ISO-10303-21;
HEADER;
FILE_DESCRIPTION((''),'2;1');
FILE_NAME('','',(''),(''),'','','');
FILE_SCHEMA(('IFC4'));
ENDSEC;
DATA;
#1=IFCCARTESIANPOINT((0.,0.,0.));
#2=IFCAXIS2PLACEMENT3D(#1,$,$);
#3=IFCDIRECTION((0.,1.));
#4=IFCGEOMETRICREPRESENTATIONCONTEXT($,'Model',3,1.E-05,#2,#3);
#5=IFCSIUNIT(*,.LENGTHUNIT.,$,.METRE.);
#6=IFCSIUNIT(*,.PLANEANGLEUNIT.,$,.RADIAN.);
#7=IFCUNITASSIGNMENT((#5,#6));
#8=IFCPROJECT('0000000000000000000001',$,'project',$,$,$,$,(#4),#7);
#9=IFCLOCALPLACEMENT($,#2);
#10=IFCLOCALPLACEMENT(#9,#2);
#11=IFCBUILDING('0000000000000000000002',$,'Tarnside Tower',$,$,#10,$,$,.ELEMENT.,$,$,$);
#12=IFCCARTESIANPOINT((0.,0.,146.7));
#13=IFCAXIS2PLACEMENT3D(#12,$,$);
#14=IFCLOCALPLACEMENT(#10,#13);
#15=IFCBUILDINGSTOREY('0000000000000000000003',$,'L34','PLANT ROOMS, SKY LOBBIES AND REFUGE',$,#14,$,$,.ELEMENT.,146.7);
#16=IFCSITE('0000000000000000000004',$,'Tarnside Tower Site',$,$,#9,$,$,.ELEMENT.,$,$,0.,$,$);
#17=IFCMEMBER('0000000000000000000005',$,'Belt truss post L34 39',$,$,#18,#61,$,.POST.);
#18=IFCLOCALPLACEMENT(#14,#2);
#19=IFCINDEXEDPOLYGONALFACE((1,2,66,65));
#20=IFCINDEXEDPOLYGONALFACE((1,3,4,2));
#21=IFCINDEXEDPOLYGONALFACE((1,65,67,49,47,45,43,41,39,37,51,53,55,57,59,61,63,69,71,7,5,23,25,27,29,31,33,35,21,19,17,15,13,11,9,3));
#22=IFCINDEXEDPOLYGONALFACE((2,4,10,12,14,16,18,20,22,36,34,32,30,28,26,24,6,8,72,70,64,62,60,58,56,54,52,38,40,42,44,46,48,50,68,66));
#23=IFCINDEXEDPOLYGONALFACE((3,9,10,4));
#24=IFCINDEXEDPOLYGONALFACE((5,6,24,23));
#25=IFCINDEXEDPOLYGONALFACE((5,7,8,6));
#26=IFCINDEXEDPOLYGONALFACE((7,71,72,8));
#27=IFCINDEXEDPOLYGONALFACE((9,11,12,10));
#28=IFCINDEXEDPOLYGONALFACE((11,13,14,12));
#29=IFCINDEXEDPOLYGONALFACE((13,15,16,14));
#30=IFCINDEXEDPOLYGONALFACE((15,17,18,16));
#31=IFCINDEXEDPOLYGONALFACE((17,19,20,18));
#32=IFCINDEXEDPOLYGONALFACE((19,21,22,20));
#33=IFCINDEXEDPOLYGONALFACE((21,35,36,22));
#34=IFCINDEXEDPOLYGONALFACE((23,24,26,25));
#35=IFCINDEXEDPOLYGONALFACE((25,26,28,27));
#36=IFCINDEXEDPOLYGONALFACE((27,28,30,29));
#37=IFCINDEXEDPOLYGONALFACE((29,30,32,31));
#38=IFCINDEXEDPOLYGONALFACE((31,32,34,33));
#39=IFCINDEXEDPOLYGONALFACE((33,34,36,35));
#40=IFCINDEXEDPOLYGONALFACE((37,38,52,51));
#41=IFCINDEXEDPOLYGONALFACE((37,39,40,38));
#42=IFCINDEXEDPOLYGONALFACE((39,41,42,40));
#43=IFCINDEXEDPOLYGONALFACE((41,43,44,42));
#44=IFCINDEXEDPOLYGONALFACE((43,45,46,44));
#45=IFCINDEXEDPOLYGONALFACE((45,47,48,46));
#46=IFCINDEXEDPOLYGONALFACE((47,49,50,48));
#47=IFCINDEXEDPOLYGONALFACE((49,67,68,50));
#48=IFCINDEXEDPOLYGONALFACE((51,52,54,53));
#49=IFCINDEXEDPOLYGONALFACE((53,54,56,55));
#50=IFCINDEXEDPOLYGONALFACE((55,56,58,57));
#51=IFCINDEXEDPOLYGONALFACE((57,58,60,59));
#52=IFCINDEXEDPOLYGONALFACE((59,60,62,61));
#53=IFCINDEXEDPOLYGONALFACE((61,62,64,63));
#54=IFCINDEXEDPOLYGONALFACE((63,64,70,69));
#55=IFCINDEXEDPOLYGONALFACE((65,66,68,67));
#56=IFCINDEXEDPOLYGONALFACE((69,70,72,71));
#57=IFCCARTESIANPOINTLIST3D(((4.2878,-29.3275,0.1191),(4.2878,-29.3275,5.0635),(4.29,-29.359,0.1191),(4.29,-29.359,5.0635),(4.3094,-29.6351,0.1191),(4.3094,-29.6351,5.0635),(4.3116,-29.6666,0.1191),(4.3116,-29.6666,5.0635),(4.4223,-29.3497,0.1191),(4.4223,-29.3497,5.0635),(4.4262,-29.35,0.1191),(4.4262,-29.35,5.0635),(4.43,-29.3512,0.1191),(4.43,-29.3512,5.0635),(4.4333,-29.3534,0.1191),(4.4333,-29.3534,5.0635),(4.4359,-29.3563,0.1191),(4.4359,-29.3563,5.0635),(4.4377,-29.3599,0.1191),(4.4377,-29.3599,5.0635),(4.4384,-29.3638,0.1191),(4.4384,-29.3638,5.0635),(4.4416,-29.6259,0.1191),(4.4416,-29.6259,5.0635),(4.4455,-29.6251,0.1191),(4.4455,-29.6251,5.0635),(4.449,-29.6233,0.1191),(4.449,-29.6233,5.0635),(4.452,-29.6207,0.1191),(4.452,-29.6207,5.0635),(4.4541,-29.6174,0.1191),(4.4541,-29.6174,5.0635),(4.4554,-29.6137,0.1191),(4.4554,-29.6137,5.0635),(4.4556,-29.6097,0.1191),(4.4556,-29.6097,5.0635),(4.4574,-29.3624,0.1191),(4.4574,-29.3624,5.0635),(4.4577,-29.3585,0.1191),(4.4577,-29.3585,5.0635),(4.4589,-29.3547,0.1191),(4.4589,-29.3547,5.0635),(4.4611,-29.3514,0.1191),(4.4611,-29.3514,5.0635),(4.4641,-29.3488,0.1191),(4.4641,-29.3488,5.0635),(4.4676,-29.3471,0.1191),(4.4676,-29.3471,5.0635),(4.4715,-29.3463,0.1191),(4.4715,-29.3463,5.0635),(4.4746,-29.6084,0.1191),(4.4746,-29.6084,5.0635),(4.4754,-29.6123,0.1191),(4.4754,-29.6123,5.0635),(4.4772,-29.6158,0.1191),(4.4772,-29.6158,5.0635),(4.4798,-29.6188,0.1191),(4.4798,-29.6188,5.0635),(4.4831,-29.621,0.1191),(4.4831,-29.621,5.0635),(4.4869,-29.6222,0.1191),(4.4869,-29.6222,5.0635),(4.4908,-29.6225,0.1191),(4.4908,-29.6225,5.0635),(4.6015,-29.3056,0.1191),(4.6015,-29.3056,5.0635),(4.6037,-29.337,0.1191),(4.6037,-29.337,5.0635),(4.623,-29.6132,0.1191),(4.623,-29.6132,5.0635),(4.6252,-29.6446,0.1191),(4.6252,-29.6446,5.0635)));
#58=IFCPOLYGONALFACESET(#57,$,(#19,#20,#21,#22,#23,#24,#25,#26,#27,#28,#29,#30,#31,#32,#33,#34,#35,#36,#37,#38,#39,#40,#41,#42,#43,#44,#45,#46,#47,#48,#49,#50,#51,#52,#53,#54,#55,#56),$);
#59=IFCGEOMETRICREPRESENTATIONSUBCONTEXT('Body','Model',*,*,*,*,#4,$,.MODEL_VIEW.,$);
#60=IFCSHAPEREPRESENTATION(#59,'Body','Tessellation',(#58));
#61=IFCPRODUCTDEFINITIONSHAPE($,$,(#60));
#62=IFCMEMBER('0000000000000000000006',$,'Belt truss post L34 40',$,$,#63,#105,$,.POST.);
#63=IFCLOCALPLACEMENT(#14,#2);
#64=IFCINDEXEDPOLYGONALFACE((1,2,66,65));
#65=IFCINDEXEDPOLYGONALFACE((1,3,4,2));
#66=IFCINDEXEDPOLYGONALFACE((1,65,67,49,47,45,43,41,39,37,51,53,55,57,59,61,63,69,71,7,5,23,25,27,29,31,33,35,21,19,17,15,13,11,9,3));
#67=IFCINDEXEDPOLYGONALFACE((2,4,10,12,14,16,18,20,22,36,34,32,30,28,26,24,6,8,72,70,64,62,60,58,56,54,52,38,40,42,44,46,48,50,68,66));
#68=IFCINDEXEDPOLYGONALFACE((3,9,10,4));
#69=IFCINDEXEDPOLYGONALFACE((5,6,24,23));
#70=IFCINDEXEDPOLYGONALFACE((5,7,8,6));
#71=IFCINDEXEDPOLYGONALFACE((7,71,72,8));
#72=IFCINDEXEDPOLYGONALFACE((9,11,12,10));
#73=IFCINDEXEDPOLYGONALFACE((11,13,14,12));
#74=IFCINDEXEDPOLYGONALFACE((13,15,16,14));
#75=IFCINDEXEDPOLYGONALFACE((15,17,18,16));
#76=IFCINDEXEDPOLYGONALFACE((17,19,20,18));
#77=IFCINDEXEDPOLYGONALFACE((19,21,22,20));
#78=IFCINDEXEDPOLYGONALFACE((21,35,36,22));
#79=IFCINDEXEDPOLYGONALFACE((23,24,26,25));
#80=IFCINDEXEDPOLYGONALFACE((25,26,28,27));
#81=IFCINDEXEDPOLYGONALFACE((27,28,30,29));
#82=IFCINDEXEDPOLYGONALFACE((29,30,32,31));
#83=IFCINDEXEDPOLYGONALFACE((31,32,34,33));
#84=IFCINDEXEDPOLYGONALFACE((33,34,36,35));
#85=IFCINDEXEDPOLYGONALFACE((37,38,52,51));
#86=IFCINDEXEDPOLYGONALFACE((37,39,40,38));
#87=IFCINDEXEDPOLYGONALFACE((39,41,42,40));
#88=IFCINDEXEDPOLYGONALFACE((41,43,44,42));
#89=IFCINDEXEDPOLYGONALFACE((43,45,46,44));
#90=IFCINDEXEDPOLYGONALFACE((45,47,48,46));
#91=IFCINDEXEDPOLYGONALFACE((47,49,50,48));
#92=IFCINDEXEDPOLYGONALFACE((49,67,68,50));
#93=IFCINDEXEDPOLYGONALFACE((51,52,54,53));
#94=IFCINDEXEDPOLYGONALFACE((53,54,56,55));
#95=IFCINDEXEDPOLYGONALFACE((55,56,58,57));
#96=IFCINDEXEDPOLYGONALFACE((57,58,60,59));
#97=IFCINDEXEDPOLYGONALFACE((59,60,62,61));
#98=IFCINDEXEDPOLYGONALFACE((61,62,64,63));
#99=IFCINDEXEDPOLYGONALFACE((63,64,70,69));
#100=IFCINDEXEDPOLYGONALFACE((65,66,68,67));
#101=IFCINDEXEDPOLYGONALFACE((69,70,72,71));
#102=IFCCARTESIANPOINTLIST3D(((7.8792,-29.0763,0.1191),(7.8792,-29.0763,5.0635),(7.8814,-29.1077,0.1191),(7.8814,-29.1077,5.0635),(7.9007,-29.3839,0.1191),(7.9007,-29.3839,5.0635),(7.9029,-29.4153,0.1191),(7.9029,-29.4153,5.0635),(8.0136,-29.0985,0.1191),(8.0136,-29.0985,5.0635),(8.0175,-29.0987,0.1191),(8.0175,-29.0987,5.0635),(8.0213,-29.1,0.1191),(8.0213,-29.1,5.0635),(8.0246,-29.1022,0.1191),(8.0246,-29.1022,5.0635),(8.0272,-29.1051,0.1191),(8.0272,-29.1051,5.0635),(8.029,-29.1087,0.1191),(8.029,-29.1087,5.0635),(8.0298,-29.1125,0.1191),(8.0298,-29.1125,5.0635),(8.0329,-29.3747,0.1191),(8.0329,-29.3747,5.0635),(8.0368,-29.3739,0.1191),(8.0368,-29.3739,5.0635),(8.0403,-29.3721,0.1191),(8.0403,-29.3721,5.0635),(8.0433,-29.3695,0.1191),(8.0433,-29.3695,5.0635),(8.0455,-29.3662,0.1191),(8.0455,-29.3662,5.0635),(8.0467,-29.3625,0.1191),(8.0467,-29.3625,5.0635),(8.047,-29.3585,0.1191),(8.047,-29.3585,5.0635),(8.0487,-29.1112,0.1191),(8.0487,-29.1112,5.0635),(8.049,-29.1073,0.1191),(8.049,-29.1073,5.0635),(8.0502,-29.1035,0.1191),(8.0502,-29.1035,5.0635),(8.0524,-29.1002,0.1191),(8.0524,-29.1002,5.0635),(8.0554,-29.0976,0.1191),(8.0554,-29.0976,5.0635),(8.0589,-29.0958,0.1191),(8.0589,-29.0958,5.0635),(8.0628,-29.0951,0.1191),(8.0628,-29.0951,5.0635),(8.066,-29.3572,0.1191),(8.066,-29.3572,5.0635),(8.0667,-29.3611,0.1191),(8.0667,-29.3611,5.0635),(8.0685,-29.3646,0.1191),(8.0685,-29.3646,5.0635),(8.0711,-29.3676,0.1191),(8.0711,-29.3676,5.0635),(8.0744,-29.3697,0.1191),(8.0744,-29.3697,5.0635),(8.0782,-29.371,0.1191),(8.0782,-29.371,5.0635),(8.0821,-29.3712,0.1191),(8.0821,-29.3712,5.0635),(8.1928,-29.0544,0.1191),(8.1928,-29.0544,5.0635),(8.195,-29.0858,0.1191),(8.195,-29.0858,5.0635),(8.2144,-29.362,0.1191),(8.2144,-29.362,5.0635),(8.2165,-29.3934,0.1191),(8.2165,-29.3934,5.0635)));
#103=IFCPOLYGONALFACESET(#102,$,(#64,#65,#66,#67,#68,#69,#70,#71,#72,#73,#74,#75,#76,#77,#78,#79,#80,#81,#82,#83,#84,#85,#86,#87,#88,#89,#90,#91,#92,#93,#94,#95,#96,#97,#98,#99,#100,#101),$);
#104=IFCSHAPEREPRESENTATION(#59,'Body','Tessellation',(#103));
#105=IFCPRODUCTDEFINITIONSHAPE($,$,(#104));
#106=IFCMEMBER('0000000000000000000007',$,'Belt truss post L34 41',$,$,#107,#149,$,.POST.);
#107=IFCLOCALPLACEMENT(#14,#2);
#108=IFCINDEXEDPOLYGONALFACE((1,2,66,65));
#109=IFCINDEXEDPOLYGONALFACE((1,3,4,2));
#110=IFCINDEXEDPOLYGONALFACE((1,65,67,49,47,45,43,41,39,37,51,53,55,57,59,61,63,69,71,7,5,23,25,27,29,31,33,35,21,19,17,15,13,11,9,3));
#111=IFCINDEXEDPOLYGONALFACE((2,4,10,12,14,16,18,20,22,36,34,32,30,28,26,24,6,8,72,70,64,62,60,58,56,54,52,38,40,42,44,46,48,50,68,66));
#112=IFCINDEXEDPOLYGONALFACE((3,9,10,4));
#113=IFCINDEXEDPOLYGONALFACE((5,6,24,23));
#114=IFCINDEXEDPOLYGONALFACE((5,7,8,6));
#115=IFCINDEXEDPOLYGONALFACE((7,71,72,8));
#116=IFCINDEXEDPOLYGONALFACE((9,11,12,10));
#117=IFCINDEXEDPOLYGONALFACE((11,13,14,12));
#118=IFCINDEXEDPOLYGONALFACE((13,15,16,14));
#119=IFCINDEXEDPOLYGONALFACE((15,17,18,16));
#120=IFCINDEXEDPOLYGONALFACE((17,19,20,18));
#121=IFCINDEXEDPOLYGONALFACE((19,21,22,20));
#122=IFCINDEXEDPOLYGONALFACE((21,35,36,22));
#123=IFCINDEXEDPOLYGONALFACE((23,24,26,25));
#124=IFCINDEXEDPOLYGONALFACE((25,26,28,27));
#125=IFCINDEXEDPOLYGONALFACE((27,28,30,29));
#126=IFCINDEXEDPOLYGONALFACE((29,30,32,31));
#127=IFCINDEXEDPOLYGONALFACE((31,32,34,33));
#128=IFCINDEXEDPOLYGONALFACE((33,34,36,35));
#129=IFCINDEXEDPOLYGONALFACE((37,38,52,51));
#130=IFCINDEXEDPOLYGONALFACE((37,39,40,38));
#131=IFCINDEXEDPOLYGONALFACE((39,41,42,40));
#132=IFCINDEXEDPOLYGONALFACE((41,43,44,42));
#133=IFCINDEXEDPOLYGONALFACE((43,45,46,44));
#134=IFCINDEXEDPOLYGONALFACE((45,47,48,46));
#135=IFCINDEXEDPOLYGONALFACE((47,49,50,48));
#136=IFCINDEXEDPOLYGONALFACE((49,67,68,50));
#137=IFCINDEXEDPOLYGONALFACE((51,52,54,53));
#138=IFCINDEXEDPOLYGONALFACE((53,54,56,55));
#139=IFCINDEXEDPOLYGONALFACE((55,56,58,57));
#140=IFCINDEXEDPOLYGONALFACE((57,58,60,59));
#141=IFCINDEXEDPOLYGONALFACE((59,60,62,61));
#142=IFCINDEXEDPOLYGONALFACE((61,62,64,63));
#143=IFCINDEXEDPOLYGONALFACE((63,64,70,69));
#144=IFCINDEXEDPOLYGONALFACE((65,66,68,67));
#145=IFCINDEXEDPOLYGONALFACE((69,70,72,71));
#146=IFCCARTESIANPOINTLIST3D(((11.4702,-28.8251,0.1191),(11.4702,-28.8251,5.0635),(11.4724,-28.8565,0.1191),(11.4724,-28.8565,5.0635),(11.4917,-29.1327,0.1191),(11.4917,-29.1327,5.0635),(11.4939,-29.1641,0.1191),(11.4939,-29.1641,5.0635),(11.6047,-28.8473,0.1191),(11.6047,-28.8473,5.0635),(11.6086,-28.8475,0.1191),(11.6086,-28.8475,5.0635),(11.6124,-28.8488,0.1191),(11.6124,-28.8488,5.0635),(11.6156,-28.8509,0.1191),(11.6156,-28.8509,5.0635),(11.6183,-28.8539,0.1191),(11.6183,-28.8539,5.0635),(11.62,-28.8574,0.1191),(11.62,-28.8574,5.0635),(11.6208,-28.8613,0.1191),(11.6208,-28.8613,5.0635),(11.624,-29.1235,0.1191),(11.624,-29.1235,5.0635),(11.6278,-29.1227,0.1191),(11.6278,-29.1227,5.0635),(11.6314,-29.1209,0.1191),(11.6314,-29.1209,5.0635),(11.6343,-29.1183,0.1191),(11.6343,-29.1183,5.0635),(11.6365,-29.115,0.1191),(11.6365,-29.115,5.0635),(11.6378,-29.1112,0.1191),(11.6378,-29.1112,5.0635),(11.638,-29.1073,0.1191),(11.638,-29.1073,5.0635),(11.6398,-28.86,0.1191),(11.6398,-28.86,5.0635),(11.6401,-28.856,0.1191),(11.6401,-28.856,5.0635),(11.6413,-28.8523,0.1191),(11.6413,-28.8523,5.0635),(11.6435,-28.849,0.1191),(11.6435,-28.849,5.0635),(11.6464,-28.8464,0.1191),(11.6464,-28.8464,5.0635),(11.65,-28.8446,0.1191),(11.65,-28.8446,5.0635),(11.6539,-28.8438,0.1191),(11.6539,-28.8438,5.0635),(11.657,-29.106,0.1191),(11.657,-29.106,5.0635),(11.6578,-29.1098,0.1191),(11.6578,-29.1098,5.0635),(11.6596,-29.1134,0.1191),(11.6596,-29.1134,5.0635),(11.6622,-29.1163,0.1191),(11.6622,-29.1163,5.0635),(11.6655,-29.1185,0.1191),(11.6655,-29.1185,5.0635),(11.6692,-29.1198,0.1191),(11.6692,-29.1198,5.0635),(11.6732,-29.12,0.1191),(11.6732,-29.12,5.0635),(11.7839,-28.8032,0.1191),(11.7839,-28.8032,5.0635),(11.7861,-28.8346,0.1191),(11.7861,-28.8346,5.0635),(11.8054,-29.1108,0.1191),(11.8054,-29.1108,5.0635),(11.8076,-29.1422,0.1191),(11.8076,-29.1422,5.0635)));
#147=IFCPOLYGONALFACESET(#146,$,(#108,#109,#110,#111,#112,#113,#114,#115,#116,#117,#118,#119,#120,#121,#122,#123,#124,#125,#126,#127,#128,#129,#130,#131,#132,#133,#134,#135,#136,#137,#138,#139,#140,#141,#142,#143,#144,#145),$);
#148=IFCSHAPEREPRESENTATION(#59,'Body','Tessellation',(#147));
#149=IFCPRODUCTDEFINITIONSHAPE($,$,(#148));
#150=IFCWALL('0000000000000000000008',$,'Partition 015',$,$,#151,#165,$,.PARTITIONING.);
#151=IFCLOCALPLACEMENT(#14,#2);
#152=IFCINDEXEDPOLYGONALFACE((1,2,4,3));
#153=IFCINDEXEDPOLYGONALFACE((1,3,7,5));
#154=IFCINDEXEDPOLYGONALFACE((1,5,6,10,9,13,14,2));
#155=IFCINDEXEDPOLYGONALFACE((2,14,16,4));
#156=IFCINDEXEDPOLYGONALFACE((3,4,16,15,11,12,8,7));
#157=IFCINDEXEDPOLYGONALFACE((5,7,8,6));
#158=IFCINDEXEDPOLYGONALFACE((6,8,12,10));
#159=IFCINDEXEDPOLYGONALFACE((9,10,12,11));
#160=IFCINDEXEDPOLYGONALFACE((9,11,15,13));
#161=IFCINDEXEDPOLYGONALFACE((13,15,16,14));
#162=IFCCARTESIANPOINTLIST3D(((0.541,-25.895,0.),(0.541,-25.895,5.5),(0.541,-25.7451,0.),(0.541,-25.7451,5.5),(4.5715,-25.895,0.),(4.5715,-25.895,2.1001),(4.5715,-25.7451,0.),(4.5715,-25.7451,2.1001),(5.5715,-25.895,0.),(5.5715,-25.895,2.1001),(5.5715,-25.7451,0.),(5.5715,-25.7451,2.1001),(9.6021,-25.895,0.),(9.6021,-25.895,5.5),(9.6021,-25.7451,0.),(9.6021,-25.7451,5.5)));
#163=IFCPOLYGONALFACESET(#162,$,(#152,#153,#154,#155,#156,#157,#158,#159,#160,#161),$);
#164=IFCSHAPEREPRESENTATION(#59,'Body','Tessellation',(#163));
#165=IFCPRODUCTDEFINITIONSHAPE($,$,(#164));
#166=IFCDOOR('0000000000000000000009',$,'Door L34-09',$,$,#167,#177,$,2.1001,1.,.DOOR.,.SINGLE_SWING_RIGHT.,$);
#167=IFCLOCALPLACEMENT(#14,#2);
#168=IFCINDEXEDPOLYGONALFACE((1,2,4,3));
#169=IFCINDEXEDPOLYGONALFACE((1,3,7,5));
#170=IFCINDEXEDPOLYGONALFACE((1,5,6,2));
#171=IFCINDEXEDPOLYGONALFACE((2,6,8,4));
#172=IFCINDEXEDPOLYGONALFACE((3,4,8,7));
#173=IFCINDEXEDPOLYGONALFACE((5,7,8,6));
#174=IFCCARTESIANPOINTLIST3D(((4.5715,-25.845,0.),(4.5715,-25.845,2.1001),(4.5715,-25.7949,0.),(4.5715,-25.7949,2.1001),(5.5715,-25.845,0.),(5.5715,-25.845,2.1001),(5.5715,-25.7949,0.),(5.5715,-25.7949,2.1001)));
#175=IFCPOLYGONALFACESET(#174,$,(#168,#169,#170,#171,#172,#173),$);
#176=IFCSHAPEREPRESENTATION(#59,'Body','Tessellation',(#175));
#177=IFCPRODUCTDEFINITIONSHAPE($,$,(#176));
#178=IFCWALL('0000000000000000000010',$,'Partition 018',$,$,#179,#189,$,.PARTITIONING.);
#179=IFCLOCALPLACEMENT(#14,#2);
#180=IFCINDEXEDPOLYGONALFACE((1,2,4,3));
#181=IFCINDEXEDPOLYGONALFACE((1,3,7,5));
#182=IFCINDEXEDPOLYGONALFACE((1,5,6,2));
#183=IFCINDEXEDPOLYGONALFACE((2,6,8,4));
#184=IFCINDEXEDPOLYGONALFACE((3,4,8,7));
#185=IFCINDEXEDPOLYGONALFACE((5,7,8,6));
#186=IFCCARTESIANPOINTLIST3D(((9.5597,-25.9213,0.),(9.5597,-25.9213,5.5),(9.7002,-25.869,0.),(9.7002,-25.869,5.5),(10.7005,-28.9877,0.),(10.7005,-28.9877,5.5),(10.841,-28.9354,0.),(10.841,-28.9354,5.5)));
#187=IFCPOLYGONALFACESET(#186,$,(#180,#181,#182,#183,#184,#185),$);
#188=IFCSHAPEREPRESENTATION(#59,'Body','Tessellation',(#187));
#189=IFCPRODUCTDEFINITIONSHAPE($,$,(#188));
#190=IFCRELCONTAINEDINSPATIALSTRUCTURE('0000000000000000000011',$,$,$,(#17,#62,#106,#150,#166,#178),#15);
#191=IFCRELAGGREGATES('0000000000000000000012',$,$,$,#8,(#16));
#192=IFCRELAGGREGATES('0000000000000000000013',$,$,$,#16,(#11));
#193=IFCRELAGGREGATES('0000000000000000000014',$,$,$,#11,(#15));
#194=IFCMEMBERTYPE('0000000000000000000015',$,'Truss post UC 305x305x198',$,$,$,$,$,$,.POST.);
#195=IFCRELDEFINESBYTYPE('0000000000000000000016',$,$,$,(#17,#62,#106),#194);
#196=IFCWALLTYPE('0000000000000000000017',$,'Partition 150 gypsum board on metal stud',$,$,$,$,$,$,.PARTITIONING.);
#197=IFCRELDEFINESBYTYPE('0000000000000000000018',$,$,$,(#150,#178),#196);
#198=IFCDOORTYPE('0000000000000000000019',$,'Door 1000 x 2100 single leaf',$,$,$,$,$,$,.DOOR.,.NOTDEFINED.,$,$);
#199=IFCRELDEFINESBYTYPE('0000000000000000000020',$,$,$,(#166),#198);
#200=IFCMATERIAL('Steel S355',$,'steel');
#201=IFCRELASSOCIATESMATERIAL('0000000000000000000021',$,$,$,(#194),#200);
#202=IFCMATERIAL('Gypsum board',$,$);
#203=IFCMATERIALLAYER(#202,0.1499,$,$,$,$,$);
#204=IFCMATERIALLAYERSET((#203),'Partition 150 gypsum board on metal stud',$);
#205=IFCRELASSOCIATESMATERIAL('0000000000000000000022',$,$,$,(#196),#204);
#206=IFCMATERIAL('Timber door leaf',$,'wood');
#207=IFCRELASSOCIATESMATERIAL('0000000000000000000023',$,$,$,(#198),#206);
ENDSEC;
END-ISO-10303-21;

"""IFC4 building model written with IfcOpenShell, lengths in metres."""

from ifc_helpers import new_model, si_unit, direction, frame, frame_2d, origin, origin_2d, place, context, subcontext, project, spatial, rectangle, i_section, extrude, material, layer, layer_set, material_profile, profile_set, type_object, element, fill, save


model = new_model("IFC4")

# Units and contexts
model_context = context("Model", 3, precision=1e-05, world=origin(), true_north=direction((0.0, 1.0)))
body_context = subcontext(model_context, "Body", "Model", "MODEL_VIEW")
ifc_project = project(units=[si_unit("LENGTHUNIT", "METRE"), si_unit("PLANEANGLEUNIT", "RADIAN")], contexts=[model_context])

# Site, building, storey
site_placement = place(None, origin())
site = spatial("IfcSite", under=ifc_project, at=site_placement, Name="Tarnside Tower Site", CompositionType="ELEMENT", RefElevation=0.0)
building_placement = place(site_placement, origin())
building = spatial("IfcBuilding", under=site, at=building_placement, Name="Tarnside Tower", CompositionType="ELEMENT")
storey_placement = place(building_placement, frame((0.0, 0.0, 146.7)))
storey = spatial("IfcBuildingStorey", under=building, at=storey_placement, Name="L34", Description="PLANT ROOMS, SKY LOBBIES AND REFUGE", CompositionType="ELEMENT", Elevation=146.7)

# Shared definitions
ifc_material_1 = material(Name="Steel S355", Category="steel")

# Members
ifc_material_profile_1 = material_profile(ifc_material_1, i_section(OverallWidth=0.3145, OverallDepth=0.3398, WebThickness=0.019, FlangeThickness=0.0315, FilletRadius=0.0151, at=origin_2d()), Name="UC 305x305x198")
ifc_profile_set_1 = profile_set([ifc_material_profile_1], Name="Steel S355")
member_type_1 = type_object("IfcMemberType", Name="Truss post UC 305x305x198", PredefinedType="POST", material=ifc_profile_set_1)
for number, where, z_axis, x_axis, name in (
    (1, (4.4565, -29.4861, 0.1191), (0.0, 0.0, 1.0), (0.997564, 0.069756, 0.0), "Belt truss post L34 39"),
    (2, (8.0479, -29.2349, 0.1191), (0.0, 0.0, 1.0), (0.997564, 0.069756, 0.0), "Belt truss post L34 40"),
    (3, (11.6389, -28.9836, 0.1191), (0.0, 0.0, 1.0), (0.997564, 0.069756, 0.0), "Belt truss post L34 41"),
):
    element("IfcMember", number, at=place(storey_placement, frame(where, z_axis=z_axis, x_axis=x_axis)), inside=storey, type_object=member_type_1, Name=name, PredefinedType="POST", context=body_context, shape_type="SweptSolid", body=[
        extrude(i_section(OverallWidth=0.3145, OverallDepth=0.3398, WebThickness=0.019, FlangeThickness=0.0315, FilletRadius=0.0151, at=origin_2d()), origin(), (0.0, 0.0, 1.0), 4.9443),
    ])

# Wall, opening, door
ifc_material_2 = material(Name="Gypsum board")
ifc_layer_1 = layer(ifc_material_2, 0.1499)
ifc_layer_set_1 = layer_set([ifc_layer_1], Name="Partition 150 gypsum board on metal stud")
wall_type = type_object("IfcWallType", Name="Partition 150 gypsum board on metal stud", PredefinedType="PARTITIONING", material=ifc_layer_set_1)
wall_1_placement = place(storey_placement, frame((9.6021, -25.8201, 0.0), z_axis=(0.0, 0.0, 1.0), x_axis=(-1.0, 0.0, 0.0)))
wall_1 = element("IfcWall", 4, at=wall_1_placement, inside=storey, type_object=wall_type, Name="Partition 015", PredefinedType="PARTITIONING", context=body_context, shape_type="SweptSolid", body=[
    extrude(rectangle(XDim=9.061, YDim=0.1499, at=frame_2d((4.5305, 0.0))), origin(), (0.0, 0.0, 1.0), 5.5),
])
opening_placement = place(wall_1_placement, frame((4.0305, 0.0, 0.0)))
opening = element("IfcOpeningElement", 5, at=opening_placement, cuts=wall_1, PredefinedType="OPENING", context=body_context, shape_type="SweptSolid", body=[
    extrude(rectangle(XDim=1.0, YDim=2.1001, at=frame_2d((0.5, 1.05))), frame((0.0, 0.085, 0.0), z_axis=(0.0, -1.0, 0.0), x_axis=(1.0, 0.0, 0.0)), (0.0, 0.0, 1.0), 0.1699),
])
ifc_material_3 = material(Name="Timber door leaf", Category="wood")
door_type = type_object("IfcDoorType", Name="Door 1000 x 2100 single leaf", OperationType="NOTDEFINED", PredefinedType="DOOR", material=ifc_material_3)
door_placement = place(opening_placement, origin())
door = element("IfcDoor", 6, at=door_placement, inside=storey, type_object=door_type, Name="Door L34-09", OperationType="SINGLE_SWING_RIGHT", OverallHeight=2.1001, OverallWidth=1.0, PredefinedType="DOOR", context=body_context, shape_type="SweptSolid", body=[
    extrude(rectangle(XDim=1.0, YDim=2.1001, at=frame_2d((0.5, 1.05))), frame((0.0, 0.0249, 0.0), z_axis=(0.0, -1.0, 0.0), x_axis=(1.0, 0.0, 0.0)), (0.0, 0.0, 1.0), 0.05),
])
fill(opening, door)

# Wall
wall_2_placement = place(storey_placement, frame((10.7708, -28.9614, 0.0), z_axis=(0.0, 0.0, 1.0), x_axis=(-0.348702, 0.937234, 0.0)))
element("IfcWall", 7, at=wall_2_placement, inside=storey, type_object=wall_type, Name="Partition 018", PredefinedType="PARTITIONING", context=body_context, shape_type="SweptSolid", body=[
    extrude(rectangle(XDim=3.2717, YDim=0.1499, at=frame_2d((1.6357, 0.0))), origin(), (0.0, 0.0, 1.0), 5.5),
])

save(model, "model.ifc")
